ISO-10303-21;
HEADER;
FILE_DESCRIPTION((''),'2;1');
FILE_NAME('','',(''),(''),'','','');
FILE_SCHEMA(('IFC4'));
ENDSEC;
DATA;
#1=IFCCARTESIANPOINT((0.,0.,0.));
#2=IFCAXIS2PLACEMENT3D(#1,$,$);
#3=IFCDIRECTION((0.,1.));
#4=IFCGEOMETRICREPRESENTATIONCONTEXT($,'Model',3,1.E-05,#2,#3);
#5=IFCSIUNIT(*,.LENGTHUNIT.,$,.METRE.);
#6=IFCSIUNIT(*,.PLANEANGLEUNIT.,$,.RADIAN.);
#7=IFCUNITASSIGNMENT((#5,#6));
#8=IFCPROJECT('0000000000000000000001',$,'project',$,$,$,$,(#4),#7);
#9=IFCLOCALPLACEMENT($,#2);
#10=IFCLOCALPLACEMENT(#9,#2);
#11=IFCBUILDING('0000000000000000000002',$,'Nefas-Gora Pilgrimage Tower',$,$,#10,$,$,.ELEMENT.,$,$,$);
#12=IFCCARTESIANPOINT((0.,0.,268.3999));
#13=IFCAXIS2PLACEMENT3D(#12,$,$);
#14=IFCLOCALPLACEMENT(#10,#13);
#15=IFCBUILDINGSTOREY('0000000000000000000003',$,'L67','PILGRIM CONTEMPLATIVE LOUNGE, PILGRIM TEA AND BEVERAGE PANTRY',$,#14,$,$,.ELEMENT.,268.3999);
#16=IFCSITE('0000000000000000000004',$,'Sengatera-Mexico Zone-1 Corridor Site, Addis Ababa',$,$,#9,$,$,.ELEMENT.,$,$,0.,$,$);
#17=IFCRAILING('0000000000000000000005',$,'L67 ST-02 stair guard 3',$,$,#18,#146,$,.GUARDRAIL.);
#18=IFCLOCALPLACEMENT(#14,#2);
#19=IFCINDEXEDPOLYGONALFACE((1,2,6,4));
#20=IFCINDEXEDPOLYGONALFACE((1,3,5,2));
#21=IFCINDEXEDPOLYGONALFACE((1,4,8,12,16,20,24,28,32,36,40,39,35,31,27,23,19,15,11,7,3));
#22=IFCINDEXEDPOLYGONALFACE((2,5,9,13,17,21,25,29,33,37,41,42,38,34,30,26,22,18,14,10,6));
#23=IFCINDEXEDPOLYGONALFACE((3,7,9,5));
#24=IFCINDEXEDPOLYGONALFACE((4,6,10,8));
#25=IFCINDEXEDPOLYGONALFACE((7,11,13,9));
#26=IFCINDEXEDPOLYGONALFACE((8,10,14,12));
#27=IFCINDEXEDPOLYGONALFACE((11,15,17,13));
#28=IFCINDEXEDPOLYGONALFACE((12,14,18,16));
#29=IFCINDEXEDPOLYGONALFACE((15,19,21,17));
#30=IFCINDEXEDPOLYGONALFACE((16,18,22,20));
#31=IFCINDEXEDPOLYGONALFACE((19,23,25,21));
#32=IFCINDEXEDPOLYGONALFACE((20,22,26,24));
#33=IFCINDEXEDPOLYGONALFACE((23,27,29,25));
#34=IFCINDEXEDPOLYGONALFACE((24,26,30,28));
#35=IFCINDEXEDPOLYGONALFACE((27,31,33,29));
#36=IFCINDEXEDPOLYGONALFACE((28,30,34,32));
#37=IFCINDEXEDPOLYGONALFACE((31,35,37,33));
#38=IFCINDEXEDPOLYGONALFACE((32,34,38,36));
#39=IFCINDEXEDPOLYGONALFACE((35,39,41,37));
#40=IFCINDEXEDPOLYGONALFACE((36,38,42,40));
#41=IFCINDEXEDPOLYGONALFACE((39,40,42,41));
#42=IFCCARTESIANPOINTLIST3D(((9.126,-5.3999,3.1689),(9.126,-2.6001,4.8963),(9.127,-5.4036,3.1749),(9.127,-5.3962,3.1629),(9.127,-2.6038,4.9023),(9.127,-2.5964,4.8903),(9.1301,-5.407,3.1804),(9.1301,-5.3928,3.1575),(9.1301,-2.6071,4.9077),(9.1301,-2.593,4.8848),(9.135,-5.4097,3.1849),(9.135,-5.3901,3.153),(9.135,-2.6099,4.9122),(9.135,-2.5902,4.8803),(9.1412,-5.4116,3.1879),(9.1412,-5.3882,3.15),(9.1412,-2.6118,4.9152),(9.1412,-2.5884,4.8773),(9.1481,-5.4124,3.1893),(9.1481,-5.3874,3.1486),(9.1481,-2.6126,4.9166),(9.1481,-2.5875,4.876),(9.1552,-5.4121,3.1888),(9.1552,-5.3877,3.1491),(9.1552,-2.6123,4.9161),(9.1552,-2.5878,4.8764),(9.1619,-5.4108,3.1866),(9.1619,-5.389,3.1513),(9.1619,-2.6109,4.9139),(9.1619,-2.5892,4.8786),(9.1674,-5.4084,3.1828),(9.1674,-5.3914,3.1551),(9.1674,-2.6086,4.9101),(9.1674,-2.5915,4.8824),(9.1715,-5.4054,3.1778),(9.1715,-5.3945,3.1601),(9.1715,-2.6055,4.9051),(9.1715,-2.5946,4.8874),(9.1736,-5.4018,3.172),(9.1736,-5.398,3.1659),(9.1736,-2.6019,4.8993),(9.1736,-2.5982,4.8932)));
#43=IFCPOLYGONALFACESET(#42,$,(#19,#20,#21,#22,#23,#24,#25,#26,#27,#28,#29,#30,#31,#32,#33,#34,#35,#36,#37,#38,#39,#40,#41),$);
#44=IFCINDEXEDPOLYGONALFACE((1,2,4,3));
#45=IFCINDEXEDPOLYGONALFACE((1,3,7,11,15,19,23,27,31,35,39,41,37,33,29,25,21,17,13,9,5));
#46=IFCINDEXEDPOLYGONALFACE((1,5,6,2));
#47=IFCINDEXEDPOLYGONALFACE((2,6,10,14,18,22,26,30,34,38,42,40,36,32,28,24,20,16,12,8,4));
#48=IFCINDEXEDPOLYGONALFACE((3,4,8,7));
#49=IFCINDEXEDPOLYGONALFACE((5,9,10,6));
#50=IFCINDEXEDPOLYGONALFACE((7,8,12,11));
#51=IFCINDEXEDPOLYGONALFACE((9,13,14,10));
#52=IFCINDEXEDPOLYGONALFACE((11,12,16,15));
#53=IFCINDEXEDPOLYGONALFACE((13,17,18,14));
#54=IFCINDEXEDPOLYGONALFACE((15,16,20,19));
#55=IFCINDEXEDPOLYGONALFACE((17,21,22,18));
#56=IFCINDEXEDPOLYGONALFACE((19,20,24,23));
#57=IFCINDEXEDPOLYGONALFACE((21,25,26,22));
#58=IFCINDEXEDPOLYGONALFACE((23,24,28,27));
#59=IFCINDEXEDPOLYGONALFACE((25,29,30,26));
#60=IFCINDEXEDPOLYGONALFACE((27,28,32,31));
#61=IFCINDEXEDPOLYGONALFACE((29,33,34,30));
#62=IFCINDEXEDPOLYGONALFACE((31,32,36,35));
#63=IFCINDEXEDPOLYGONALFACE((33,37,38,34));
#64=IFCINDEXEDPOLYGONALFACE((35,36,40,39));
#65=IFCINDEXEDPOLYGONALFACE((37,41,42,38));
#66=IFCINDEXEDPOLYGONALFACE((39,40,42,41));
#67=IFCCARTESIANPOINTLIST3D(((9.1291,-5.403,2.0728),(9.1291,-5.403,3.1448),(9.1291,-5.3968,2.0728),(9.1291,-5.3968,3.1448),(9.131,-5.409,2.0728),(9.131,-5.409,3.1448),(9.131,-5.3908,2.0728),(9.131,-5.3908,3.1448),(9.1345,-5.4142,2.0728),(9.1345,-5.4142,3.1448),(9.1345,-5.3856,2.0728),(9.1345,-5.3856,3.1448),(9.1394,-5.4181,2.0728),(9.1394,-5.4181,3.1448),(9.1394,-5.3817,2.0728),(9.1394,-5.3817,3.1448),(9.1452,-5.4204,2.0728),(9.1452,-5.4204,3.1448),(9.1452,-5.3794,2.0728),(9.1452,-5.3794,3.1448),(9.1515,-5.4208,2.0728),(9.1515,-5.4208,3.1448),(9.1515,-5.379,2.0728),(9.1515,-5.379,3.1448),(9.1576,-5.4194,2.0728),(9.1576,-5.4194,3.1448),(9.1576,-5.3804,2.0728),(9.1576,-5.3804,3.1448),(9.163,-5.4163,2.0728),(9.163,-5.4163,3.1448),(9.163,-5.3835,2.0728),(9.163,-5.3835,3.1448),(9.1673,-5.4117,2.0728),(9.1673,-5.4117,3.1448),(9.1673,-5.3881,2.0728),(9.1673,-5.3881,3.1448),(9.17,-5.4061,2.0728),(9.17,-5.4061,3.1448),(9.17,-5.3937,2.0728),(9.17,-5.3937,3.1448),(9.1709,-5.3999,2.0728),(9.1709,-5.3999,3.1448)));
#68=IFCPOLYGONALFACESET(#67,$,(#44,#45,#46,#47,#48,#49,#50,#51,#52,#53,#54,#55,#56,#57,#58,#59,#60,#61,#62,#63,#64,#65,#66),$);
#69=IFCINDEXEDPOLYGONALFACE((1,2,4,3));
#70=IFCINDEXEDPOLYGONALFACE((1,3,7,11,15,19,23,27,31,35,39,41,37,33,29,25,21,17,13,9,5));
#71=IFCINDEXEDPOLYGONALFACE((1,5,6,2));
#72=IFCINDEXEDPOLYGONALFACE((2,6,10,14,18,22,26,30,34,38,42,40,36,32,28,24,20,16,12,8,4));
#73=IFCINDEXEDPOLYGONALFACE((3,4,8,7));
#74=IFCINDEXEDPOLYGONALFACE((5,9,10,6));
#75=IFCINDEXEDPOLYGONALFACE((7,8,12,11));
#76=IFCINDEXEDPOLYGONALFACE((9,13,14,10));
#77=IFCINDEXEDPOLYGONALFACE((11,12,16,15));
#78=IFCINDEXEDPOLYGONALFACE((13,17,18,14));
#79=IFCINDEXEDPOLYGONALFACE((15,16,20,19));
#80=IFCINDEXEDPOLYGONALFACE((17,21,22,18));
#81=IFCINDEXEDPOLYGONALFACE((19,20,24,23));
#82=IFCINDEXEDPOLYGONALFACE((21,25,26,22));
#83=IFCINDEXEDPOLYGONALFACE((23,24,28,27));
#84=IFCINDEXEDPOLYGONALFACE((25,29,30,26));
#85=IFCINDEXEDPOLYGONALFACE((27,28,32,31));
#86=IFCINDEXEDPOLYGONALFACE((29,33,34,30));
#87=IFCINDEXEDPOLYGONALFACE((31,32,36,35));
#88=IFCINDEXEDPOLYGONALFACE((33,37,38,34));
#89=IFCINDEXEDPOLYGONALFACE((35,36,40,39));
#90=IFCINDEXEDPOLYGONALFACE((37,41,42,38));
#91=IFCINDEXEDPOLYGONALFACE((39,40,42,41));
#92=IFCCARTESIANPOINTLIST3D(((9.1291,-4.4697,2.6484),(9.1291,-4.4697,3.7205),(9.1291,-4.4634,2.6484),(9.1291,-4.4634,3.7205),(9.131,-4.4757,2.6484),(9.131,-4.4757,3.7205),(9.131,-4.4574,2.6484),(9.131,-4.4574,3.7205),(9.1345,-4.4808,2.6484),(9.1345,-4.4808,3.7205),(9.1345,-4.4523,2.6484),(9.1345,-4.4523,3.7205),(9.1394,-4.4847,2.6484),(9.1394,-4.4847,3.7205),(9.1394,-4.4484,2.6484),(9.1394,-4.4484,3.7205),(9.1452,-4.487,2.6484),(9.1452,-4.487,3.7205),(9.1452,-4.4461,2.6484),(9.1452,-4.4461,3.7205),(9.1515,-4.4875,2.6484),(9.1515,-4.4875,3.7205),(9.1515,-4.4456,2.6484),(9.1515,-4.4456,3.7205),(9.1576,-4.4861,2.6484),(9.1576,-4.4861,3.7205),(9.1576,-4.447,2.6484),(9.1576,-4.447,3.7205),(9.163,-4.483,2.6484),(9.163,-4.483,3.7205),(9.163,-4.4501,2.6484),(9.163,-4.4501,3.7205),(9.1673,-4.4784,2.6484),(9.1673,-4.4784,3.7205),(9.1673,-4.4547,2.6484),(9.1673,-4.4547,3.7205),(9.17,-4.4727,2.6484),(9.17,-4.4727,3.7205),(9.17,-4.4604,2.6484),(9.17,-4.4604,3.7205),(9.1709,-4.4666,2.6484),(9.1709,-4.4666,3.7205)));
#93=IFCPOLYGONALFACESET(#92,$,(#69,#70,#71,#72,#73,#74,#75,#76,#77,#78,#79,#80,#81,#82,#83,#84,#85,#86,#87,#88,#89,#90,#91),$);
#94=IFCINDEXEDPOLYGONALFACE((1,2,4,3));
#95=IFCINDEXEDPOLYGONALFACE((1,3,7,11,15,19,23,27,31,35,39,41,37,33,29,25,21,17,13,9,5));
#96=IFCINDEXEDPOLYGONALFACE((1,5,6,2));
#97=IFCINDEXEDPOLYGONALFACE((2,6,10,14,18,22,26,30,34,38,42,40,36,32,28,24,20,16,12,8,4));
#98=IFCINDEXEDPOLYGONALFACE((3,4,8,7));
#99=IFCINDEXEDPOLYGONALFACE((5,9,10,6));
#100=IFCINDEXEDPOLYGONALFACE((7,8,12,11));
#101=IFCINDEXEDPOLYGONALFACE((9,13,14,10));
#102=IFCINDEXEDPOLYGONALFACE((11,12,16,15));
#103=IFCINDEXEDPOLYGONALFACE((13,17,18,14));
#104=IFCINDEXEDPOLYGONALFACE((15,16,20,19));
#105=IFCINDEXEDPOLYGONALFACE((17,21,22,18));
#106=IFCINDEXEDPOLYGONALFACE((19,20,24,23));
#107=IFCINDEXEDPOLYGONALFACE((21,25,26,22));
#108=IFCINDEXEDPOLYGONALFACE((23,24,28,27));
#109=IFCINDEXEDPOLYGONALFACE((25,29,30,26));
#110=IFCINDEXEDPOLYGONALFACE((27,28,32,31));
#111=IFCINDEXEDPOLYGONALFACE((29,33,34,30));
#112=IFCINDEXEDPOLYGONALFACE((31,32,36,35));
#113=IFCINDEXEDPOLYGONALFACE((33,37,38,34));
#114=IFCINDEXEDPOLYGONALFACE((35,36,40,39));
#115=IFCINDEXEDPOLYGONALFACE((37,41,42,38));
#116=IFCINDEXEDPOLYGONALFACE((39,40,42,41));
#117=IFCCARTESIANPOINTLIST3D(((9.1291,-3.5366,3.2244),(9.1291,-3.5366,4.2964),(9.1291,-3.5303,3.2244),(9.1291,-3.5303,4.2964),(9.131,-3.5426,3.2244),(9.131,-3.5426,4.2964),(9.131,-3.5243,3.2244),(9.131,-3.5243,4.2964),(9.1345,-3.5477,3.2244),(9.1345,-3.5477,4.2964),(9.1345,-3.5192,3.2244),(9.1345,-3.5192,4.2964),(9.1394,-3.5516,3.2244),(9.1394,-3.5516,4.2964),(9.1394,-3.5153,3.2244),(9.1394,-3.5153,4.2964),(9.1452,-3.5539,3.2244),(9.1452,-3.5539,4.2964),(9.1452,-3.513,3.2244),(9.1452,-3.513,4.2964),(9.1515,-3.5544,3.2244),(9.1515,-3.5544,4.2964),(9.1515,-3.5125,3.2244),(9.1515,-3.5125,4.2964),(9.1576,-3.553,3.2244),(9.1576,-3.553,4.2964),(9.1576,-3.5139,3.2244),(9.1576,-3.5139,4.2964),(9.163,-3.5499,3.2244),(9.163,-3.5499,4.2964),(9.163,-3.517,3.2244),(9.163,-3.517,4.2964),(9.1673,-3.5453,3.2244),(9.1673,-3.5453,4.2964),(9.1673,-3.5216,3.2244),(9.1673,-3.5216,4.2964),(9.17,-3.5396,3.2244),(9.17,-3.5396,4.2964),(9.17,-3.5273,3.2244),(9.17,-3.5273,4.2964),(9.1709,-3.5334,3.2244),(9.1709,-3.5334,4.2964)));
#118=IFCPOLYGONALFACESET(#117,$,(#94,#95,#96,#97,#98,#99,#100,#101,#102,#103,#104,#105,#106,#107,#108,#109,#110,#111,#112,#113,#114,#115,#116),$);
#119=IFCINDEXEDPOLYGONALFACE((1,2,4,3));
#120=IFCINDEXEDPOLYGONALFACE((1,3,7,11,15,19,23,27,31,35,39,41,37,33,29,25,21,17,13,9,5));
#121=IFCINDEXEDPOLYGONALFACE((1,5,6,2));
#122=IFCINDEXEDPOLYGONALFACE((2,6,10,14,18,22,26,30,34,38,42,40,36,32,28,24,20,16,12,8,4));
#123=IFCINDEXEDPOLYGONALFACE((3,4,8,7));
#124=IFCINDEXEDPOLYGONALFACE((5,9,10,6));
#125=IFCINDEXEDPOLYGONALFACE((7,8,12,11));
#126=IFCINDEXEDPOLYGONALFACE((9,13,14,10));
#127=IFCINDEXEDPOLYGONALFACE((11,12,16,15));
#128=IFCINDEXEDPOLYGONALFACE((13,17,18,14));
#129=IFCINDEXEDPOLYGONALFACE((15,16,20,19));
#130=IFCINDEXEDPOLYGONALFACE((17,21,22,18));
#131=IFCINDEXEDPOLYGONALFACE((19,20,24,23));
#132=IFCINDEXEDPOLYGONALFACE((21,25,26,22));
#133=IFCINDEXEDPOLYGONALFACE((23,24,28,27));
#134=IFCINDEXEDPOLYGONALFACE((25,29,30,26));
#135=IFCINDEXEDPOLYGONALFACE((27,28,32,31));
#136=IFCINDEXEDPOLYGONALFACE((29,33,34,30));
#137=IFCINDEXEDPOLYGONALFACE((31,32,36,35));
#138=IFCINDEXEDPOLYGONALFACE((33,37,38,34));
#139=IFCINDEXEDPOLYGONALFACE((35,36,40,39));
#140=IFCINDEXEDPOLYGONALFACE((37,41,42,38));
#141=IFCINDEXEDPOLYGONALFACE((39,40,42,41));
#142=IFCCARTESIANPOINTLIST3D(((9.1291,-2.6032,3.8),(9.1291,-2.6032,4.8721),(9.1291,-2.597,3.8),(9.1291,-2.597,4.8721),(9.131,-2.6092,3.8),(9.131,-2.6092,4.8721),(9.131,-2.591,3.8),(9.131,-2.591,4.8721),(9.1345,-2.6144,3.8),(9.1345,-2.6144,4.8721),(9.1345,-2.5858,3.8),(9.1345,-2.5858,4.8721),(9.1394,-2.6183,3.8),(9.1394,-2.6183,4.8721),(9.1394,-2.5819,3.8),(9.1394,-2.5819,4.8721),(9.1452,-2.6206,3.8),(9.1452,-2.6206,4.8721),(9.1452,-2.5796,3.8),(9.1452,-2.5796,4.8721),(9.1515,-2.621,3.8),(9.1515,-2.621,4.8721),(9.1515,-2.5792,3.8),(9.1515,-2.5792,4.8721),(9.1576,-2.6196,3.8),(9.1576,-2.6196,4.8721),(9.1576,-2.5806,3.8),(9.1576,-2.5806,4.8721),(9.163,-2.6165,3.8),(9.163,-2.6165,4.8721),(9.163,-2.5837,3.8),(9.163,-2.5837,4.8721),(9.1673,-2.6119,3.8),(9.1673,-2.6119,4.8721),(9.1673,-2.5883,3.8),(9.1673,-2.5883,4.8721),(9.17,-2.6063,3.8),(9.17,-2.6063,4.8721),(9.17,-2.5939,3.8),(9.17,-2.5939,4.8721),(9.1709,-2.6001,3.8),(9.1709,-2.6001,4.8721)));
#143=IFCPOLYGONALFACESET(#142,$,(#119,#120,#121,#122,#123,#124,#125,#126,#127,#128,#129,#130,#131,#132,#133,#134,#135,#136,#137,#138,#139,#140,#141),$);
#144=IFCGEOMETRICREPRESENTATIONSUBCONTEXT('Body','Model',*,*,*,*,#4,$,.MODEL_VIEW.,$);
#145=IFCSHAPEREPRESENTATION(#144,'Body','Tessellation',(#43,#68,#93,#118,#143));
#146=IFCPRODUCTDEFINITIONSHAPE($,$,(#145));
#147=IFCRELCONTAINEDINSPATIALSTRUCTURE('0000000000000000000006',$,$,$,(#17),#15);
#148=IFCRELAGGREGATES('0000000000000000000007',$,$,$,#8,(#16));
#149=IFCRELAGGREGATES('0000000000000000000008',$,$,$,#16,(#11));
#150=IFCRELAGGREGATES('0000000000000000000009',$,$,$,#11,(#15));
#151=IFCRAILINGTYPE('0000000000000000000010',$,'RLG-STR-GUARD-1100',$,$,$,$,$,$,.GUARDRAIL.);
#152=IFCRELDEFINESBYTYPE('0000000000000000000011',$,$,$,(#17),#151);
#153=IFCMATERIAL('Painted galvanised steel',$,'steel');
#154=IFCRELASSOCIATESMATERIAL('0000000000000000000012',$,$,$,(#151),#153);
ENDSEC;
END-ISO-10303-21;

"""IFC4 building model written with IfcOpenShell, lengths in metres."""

from ifc_helpers import new_model, si_unit, direction, frame, origin, origin_2d, place, context, subcontext, project, spatial, circle, extrude, material, type_object, element, save


model = new_model("IFC4")

# Units and contexts
model_context = context("Model", 3, precision=1e-05, world=origin(), true_north=direction((0.0, 1.0)))
body_context = subcontext(model_context, "Body", "Model", "MODEL_VIEW")
ifc_project = project(units=[si_unit("LENGTHUNIT", "METRE"), si_unit("PLANEANGLEUNIT", "RADIAN")], contexts=[model_context])

# Site, building, storey
site_placement = place(None, origin())
site = spatial("IfcSite", under=ifc_project, at=site_placement, Name="Sengatera-Mexico Zone-1 Corridor Site, Addis Ababa", CompositionType="ELEMENT", RefElevation=0.0)
building_placement = place(site_placement, origin())
building = spatial("IfcBuilding", under=site, at=building_placement, Name="Nefas-Gora Pilgrimage Tower", CompositionType="ELEMENT")
storey_placement = place(building_placement, frame((0.0, 0.0, 268.3999)))
storey = spatial("IfcBuildingStorey", under=building, at=storey_placement, Name="L67", Description="PILGRIM CONTEMPLATIVE LOUNGE, PILGRIM TEA AND BEVERAGE PANTRY", CompositionType="ELEMENT", Elevation=268.3999)

# Railing
ifc_material_1 = material(Name="Painted galvanised steel", Category="steel")
railing_type_1 = type_object("IfcRailingType", Name="RLG-STR-GUARD-1100", PredefinedType="GUARDRAIL", material=ifc_material_1)
railing_1_placement = place(storey_placement, frame((9.1499, -5.3999, 2.0728)))
element("IfcRailing", 1, at=railing_1_placement, inside=storey, type_object=railing_type_1, Name="L67 ST-02 stair guard 3", PredefinedType="GUARDRAIL", context=body_context, shape_type="SweptSolid", body=[
    extrude(circle(Radius=0.0239, at=origin_2d()), frame((0.0, 0.0, 1.0962), z_axis=(0.0, 0.851069, 0.525054), x_axis=(-1.0, 0.0, 0.0)), (0.0, 0.0, 1.0), 3.2898),
    extrude(circle(Radius=0.021, at=origin_2d()), origin(), (0.0, 0.0, 1.0), 1.072),
    extrude(circle(Radius=0.021, at=origin_2d()), frame((0.0, 0.9333, 0.5757)), (0.0, 0.0, 1.0), 1.072),
    extrude(circle(Radius=0.021, at=origin_2d()), frame((0.0, 1.8665, 1.1516)), (0.0, 0.0, 1.0), 1.072),
    extrude(circle(Radius=0.021, at=origin_2d()), frame((0.0, 2.7998, 1.7273)), (0.0, 0.0, 1.0), 1.072),
])

save(model, "model.ifc")
